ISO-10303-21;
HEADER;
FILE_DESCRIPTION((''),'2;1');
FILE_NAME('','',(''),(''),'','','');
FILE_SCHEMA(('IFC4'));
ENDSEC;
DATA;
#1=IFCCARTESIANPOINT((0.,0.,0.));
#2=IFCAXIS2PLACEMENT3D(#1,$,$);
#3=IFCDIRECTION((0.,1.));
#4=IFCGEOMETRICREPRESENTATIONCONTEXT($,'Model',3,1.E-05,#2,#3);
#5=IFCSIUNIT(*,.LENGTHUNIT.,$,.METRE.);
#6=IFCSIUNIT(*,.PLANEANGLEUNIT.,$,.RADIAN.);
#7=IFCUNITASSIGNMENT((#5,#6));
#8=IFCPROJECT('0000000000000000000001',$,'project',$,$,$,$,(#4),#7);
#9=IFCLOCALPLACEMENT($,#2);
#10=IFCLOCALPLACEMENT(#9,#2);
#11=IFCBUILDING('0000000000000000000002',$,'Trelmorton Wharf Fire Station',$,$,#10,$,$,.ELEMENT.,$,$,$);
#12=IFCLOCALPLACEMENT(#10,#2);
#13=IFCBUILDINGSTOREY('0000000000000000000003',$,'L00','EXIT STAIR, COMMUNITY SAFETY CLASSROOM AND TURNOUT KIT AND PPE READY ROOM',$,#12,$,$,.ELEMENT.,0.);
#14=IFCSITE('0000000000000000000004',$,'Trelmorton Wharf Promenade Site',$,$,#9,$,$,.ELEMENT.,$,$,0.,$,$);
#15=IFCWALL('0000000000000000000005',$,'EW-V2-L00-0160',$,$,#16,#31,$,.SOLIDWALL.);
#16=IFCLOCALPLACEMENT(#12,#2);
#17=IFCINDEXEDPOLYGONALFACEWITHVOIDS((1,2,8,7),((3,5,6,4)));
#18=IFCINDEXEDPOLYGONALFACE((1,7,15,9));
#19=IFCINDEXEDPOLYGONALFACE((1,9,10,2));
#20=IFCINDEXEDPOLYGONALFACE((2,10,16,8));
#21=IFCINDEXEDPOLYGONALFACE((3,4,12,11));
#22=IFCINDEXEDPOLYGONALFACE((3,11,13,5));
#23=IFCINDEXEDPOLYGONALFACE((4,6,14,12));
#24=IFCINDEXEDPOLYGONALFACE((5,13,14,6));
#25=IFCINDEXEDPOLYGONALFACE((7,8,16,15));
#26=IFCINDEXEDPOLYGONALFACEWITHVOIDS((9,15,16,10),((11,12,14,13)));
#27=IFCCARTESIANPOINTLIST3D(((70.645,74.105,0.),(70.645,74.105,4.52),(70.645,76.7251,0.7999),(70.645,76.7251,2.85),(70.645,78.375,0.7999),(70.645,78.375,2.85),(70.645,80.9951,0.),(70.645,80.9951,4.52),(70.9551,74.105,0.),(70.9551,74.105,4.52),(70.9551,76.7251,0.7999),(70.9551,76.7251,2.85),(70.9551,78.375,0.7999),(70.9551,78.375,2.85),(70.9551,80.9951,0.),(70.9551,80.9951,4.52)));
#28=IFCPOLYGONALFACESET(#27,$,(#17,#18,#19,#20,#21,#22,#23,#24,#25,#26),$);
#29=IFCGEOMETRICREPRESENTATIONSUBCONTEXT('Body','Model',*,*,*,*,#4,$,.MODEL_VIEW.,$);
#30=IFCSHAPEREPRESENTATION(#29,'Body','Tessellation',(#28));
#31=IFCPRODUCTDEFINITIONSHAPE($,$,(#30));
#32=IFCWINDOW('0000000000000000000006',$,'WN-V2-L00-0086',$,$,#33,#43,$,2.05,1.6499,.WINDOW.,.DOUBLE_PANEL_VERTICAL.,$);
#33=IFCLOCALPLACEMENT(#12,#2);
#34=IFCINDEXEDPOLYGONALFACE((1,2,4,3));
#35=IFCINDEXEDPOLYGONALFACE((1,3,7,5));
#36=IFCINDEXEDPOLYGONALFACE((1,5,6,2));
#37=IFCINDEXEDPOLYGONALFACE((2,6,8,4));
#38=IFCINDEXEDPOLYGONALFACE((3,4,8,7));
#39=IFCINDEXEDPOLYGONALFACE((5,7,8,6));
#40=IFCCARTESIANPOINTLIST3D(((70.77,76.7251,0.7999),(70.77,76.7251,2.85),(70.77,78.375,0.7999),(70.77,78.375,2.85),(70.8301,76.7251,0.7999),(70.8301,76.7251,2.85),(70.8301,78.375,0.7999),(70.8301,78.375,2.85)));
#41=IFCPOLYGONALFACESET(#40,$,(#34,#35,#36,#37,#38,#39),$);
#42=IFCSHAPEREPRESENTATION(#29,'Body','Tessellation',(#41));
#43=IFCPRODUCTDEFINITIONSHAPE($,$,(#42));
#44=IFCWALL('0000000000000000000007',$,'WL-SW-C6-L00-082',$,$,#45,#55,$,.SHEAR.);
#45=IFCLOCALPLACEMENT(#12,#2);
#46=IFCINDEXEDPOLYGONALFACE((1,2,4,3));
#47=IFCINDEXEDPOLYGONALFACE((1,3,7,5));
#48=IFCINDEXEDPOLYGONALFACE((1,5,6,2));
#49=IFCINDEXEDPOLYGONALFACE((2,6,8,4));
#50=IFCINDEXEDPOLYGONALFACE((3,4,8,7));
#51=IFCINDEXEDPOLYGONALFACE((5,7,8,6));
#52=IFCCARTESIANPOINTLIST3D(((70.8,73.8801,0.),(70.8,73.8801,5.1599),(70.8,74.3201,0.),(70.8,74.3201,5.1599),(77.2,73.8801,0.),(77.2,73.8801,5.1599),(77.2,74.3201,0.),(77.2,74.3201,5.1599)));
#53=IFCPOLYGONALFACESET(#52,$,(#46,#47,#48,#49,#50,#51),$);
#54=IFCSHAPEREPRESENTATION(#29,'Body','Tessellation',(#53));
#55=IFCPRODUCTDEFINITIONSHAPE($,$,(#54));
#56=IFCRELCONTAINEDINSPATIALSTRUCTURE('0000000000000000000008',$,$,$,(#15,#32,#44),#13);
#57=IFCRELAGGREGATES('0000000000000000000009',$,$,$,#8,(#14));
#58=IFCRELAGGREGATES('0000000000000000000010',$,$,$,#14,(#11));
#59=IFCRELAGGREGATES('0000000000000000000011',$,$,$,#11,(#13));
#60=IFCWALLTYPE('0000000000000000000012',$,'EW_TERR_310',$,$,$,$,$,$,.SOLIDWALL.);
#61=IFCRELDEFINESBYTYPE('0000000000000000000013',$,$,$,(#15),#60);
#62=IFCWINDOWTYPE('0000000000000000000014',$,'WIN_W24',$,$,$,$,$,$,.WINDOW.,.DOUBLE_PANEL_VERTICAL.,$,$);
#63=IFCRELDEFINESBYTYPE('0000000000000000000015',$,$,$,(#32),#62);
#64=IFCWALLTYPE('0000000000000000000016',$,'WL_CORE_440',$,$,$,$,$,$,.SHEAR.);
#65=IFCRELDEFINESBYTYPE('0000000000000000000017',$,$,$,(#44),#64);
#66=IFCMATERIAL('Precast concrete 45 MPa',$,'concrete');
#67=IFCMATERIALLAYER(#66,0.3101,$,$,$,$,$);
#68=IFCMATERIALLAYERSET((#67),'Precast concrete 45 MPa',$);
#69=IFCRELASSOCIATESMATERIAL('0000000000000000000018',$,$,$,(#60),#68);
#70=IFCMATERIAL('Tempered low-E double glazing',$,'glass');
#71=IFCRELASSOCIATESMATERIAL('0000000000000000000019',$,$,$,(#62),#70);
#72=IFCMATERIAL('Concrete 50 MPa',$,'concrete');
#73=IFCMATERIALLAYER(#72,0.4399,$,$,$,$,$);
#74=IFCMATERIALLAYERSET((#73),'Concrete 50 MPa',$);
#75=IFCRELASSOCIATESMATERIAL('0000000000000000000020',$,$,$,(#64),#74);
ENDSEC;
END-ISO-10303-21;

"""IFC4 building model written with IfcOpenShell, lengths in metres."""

from ifc_helpers import new_model, si_unit, direction, frame, frame_2d, origin, place, context, subcontext, project, spatial, rectangle, extrude, material, layer, layer_set, type_object, element, fill, save


model = new_model("IFC4")

# Units and contexts
model_context = context("Model", 3, precision=1e-05, world=origin(), true_north=direction((0.0, 1.0)))
body_context = subcontext(model_context, "Body", "Model", "MODEL_VIEW")
ifc_project = project(units=[si_unit("LENGTHUNIT", "METRE"), si_unit("PLANEANGLEUNIT", "RADIAN")], contexts=[model_context])

# Site, building, storey
site_placement = place(None, origin())
site = spatial("IfcSite", under=ifc_project, at=site_placement, Name="Trelmorton Wharf Promenade Site", CompositionType="ELEMENT", RefElevation=0.0)
building_placement = place(site_placement, origin())
building = spatial("IfcBuilding", under=site, at=building_placement, Name="Trelmorton Wharf Fire Station", CompositionType="ELEMENT")
storey_placement = place(building_placement, origin())
storey = spatial("IfcBuildingStorey", under=building, at=storey_placement, Name="L00", Description="EXIT STAIR, COMMUNITY SAFETY CLASSROOM AND TURNOUT KIT AND PPE READY ROOM", CompositionType="ELEMENT", Elevation=0.0)

# Shared definitions
ifc_material_1 = material(Name="Precast concrete 45 MPa", Category="concrete")

# Wall, opening, window
ifc_layer_1 = layer(ifc_material_1, 0.3101)
ifc_layer_set_1 = layer_set([ifc_layer_1], Name="Precast concrete 45 MPa")
wall_type_1 = type_object("IfcWallType", Name="EW_TERR_310", PredefinedType="SOLIDWALL", material=ifc_layer_set_1)
ifc_material_2 = material(Name="Tempered low-E double glazing", Category="glass")
wall_1_placement = place(storey_placement, frame((70.8, 74.105, 0.0), z_axis=(0.0, 0.0, 1.0), x_axis=(0.0, 1.0, 0.0)))
wall_1 = element("IfcWall", 1, at=wall_1_placement, inside=storey, type_object=wall_type_1, Name="EW-V2-L00-0160", PredefinedType="SOLIDWALL", context=body_context, shape_type="SweptSolid", body=[
    extrude(rectangle(XDim=6.8901, YDim=0.3101, at=frame_2d((3.4451, 0.0))), origin(), (0.0, 0.0, 1.0), 4.52),
])
opening_1_placement = place(wall_1_placement, frame((2.6201, 0.0, 0.8)))
opening_1 = element("IfcOpeningElement", 2, at=opening_1_placement, cuts=wall_1, PredefinedType="OPENING", context=body_context, shape_type="SweptSolid", body=[
    extrude(rectangle(XDim=1.6499, YDim=2.05, at=frame_2d((0.825, 1.0249))), frame((0.0, 0.165, 0.0), z_axis=(0.0, -1.0, 0.0), x_axis=(1.0, 0.0, 0.0)), (0.0, 0.0, 1.0), 0.3301),
])
window_type_1 = type_object("IfcWindowType", Name="WIN_W24", PartitioningType="DOUBLE_PANEL_VERTICAL", PredefinedType="WINDOW", material=ifc_material_2)
window_1_placement = place(opening_1_placement, origin())
window_1 = element("IfcWindow", 3, at=window_1_placement, inside=storey, type_object=window_type_1, Name="WN-V2-L00-0086", OverallHeight=2.05, OverallWidth=1.6499, PartitioningType="DOUBLE_PANEL_VERTICAL", PredefinedType="WINDOW", context=body_context, shape_type="SweptSolid", body=[
    extrude(rectangle(XDim=1.6499, YDim=2.05, at=frame_2d((0.825, 1.0249))), frame((0.0, 0.03, 0.0), z_axis=(0.0, -1.0, 0.0), x_axis=(1.0, 0.0, 0.0)), (0.0, 0.0, 1.0), 0.0601),
])
fill(opening_1, window_1)

# Wall
ifc_material_3 = material(Name="Concrete 50 MPa", Category="concrete")
ifc_layer_2 = layer(ifc_material_3, 0.4399)
ifc_layer_set_2 = layer_set([ifc_layer_2], Name="Concrete 50 MPa")
wall_type_2 = type_object("IfcWallType", Name="WL_CORE_440", PredefinedType="SHEAR", material=ifc_layer_set_2)
wall_2_placement = place(storey_placement, frame((70.8, 74.1001, 0.0), z_axis=(0.0, 0.0, 1.0), x_axis=(1.0, 0.0, 0.0)))
element("IfcWall", 4, at=wall_2_placement, inside=storey, type_object=wall_type_2, Name="WL-SW-C6-L00-082", PredefinedType="SHEAR", context=body_context, shape_type="SweptSolid", body=[
    extrude(rectangle(XDim=6.3999, YDim=0.4399, at=frame_2d((3.2, 0.0))), origin(), (0.0, 0.0, 1.0), 5.1599),
])

save(model, "model.ifc")
